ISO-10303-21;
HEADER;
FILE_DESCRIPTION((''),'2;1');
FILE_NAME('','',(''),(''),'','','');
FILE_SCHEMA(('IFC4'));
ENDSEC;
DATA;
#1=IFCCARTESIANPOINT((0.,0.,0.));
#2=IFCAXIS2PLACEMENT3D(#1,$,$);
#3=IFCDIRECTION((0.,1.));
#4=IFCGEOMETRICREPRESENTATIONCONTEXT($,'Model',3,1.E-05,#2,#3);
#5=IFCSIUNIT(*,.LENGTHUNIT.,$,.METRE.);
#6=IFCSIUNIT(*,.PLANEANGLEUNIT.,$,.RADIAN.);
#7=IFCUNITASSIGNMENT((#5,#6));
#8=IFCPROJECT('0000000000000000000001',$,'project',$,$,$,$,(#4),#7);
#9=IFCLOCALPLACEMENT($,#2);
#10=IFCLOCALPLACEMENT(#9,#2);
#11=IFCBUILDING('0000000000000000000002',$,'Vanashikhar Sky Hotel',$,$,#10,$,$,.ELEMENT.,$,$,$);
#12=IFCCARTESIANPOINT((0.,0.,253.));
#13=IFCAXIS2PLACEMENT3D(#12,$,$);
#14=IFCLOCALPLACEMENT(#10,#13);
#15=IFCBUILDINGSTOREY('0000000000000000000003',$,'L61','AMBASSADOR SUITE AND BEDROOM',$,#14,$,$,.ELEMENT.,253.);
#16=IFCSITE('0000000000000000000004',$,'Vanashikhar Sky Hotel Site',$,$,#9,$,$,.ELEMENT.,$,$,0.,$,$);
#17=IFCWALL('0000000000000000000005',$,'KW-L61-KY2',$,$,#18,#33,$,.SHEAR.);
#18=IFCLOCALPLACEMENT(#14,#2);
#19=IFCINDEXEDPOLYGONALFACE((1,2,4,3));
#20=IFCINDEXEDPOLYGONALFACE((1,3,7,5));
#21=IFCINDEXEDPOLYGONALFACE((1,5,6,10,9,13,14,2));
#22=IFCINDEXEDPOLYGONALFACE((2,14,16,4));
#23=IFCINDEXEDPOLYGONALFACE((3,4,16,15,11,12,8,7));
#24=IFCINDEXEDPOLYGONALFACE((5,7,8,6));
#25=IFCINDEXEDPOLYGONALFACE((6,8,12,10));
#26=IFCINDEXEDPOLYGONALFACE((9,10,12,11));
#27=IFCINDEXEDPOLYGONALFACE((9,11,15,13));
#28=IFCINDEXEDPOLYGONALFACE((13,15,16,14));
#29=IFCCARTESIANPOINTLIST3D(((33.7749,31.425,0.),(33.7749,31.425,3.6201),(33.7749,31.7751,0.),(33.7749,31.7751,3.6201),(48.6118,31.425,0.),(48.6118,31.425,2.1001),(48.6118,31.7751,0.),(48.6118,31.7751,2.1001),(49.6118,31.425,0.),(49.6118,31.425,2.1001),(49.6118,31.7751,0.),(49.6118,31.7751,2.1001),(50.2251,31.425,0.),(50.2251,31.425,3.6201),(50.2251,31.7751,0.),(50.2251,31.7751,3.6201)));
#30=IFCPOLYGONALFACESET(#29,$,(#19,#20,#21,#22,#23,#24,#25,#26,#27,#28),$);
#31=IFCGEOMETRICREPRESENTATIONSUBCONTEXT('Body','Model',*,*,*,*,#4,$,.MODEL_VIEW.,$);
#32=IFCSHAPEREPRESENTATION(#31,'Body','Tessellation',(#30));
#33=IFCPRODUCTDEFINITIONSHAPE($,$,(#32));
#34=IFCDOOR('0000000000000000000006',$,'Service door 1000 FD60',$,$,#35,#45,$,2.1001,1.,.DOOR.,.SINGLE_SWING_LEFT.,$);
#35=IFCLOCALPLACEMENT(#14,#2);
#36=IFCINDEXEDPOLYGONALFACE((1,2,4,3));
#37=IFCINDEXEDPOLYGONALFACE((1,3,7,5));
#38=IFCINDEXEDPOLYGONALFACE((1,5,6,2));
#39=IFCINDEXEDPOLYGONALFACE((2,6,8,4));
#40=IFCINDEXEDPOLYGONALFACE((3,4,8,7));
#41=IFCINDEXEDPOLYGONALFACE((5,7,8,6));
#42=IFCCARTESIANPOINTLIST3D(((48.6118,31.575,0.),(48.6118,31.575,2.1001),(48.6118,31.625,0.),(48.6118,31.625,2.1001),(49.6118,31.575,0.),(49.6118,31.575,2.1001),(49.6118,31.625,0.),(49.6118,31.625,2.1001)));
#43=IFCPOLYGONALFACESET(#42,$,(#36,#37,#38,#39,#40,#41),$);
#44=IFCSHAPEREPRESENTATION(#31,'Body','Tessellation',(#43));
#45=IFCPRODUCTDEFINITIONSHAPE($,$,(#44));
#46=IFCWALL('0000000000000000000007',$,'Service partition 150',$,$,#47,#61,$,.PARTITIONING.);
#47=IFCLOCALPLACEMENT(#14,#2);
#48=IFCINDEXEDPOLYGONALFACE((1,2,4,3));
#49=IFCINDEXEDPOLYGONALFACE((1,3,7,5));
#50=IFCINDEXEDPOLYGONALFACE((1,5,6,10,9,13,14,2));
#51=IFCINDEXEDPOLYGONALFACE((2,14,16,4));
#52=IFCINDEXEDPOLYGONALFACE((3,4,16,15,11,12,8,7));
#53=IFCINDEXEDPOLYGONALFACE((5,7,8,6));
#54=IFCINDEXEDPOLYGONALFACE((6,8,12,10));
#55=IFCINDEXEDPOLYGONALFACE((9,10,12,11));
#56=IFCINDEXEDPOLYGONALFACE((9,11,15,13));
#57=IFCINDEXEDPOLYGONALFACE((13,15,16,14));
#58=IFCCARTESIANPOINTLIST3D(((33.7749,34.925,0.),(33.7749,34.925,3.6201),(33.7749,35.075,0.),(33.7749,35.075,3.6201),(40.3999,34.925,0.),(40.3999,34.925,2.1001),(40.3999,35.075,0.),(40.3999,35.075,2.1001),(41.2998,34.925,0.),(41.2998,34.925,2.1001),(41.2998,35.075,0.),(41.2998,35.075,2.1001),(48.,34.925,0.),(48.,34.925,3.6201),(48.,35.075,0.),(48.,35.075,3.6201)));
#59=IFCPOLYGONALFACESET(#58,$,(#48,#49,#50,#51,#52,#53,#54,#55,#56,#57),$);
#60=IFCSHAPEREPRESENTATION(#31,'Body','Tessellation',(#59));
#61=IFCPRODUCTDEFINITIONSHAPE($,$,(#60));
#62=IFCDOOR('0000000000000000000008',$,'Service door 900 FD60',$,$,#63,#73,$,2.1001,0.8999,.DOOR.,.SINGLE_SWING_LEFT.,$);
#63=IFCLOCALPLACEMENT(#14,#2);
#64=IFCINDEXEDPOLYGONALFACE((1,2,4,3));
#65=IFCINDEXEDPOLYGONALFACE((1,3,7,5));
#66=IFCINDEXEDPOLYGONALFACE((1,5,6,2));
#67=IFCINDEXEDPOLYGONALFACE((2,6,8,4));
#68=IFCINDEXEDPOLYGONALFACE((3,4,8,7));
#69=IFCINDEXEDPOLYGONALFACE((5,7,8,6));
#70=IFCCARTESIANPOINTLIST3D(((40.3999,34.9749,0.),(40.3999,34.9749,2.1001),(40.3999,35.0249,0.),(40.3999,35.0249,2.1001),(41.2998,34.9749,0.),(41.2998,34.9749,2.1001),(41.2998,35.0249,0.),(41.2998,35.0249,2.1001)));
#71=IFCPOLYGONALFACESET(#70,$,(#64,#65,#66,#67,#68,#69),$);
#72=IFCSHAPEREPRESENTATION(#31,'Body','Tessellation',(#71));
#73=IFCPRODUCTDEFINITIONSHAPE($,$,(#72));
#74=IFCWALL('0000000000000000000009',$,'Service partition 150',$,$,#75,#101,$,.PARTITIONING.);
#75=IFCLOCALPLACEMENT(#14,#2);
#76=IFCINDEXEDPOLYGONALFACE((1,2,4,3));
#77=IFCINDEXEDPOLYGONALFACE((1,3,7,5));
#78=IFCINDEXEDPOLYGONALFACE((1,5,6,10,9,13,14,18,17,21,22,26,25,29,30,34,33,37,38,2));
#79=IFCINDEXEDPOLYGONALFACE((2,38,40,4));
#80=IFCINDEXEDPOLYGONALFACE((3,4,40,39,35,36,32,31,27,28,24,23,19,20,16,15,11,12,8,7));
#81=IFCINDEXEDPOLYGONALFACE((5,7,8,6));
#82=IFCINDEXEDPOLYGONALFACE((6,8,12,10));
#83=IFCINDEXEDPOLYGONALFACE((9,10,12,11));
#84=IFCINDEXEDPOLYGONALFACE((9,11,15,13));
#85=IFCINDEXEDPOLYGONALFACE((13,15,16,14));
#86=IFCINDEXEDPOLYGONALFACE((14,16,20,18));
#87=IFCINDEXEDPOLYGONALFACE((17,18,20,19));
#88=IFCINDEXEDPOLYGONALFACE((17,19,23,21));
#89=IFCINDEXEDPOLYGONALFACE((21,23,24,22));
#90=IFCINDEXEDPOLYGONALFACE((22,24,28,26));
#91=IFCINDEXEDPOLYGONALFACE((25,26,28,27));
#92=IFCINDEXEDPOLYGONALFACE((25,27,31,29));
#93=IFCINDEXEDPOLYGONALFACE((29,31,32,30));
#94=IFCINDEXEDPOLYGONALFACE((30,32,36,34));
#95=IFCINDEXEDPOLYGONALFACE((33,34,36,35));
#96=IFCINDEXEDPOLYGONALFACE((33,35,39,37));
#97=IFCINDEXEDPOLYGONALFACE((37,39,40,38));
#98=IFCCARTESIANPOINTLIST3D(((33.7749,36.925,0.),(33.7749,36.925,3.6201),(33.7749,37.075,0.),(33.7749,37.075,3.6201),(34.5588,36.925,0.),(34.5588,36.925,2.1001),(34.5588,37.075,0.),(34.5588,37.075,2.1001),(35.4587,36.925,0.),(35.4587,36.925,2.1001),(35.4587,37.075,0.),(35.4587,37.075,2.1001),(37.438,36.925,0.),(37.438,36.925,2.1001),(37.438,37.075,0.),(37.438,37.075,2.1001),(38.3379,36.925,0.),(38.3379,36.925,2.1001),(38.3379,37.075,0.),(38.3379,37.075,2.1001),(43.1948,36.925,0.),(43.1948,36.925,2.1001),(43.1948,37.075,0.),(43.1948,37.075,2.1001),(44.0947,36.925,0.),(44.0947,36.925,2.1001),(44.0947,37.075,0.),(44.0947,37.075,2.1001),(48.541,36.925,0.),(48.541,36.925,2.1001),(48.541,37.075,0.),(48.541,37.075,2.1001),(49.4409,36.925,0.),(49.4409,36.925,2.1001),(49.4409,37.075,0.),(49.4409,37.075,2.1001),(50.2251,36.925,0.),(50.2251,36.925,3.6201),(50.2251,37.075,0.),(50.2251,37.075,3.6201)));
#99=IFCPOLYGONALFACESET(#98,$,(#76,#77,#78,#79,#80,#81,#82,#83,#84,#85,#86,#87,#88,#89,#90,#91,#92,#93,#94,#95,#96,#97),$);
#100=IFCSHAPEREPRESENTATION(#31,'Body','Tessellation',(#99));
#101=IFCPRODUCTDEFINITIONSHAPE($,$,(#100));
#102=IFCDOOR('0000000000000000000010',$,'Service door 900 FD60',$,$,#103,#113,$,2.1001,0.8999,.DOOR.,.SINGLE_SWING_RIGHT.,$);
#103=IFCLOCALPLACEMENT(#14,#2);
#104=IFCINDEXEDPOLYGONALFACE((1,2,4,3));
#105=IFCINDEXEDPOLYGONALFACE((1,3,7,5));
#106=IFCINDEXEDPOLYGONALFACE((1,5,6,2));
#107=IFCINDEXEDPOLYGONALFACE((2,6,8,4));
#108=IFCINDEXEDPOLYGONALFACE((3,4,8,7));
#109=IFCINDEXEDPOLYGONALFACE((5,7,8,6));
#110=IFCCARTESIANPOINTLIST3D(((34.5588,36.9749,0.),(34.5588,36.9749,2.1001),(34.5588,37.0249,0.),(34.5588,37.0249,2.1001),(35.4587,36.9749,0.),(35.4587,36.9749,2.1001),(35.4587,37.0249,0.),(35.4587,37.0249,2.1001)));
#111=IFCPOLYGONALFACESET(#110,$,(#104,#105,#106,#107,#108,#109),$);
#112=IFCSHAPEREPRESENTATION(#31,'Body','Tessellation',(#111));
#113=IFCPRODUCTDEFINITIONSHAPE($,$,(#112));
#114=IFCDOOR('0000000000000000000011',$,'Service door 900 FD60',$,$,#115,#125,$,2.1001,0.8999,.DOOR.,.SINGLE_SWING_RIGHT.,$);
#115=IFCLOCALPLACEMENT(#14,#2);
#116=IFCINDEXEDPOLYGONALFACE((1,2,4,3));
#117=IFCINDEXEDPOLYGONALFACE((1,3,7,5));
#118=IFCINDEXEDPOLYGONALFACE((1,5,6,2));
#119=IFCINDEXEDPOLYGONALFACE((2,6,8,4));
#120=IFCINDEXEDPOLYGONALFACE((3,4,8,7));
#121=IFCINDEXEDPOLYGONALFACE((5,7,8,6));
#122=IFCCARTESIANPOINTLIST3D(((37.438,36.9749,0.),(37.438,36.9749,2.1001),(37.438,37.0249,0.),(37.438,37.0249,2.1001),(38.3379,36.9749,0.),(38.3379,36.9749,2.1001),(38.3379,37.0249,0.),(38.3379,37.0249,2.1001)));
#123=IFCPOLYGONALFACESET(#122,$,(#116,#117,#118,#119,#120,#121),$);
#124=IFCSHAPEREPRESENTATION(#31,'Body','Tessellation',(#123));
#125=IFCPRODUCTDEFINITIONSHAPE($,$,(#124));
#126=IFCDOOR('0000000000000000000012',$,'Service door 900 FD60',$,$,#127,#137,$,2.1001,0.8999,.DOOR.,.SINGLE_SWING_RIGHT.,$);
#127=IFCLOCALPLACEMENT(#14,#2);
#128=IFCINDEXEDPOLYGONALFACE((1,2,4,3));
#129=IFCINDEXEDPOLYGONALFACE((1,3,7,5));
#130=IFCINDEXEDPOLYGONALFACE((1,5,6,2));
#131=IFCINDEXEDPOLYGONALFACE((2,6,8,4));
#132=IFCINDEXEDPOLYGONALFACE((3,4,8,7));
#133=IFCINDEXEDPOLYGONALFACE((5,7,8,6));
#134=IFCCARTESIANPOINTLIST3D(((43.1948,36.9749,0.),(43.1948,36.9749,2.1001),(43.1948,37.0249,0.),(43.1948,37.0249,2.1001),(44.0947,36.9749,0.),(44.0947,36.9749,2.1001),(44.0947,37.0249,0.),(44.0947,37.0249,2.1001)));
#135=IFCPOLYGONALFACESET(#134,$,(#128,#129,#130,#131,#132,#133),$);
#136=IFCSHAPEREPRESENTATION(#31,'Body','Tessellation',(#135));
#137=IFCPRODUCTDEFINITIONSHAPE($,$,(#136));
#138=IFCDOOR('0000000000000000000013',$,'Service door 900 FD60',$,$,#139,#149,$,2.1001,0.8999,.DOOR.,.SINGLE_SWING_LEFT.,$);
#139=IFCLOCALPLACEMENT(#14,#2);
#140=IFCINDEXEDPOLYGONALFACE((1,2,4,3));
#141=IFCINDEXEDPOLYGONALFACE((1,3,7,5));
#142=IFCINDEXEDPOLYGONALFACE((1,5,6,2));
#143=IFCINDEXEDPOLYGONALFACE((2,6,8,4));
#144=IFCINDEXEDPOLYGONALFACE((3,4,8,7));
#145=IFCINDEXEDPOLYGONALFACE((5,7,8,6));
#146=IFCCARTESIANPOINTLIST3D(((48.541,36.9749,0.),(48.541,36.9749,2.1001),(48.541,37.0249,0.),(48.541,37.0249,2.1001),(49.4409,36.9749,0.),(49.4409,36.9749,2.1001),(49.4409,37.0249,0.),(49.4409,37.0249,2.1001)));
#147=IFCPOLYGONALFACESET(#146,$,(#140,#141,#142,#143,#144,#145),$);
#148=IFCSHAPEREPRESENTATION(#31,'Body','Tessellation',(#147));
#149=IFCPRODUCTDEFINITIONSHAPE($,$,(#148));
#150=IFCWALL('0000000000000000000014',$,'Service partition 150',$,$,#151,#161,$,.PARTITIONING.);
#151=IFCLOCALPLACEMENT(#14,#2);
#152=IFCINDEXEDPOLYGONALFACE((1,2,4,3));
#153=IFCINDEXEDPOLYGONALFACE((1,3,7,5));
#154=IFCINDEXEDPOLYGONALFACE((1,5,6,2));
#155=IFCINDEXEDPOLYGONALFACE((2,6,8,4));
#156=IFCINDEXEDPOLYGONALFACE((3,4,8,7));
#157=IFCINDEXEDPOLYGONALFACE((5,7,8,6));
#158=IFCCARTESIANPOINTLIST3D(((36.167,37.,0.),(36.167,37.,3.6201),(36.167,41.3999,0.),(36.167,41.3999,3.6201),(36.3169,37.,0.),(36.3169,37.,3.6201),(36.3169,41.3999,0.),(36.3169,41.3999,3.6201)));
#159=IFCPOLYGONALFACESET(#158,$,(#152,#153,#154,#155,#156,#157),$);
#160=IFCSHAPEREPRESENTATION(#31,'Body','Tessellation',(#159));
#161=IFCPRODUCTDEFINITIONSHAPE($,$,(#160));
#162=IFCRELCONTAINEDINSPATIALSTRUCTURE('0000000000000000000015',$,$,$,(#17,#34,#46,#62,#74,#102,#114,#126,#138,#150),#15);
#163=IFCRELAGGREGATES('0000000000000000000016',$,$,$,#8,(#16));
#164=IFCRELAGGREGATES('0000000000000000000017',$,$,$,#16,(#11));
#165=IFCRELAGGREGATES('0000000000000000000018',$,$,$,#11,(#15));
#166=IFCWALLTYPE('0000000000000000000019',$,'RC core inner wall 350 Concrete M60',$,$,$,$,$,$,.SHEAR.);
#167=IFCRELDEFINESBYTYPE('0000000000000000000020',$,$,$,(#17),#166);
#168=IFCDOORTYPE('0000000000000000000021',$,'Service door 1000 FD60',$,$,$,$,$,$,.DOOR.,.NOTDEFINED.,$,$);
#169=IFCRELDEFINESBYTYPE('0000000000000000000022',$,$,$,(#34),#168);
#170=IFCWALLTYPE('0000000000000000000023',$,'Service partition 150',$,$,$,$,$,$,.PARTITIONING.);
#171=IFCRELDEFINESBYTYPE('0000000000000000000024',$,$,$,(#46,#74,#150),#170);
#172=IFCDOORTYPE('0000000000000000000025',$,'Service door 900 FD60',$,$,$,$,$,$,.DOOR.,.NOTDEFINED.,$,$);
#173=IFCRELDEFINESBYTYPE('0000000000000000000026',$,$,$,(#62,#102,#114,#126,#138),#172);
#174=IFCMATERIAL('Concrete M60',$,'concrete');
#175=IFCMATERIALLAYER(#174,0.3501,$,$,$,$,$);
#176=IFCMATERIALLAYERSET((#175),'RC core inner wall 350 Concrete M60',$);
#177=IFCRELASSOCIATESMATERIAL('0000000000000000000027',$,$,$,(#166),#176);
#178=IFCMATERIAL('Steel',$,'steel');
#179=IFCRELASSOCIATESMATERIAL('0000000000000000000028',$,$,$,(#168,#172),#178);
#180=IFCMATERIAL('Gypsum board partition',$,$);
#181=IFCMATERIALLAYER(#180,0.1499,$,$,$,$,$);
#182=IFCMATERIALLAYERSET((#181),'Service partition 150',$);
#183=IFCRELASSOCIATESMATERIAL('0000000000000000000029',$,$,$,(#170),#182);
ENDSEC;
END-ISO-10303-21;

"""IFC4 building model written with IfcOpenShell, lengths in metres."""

from ifc_helpers import new_model, si_unit, direction, frame, frame_2d, origin, place, context, subcontext, project, spatial, rectangle, extrude, source, transform, mapped, material, layer, layer_set, type_object, element, fill, save


model = new_model("IFC4")

# Units and contexts
model_context = context("Model", 3, precision=1e-05, world=origin(), true_north=direction((0.0, 1.0)))
body_context = subcontext(model_context, "Body", "Model", "MODEL_VIEW")
ifc_project = project(units=[si_unit("LENGTHUNIT", "METRE"), si_unit("PLANEANGLEUNIT", "RADIAN")], contexts=[model_context])

# Site, building, storey
site_placement = place(None, origin())
site = spatial("IfcSite", under=ifc_project, at=site_placement, Name="Vanashikhar Sky Hotel Site", CompositionType="ELEMENT", RefElevation=0.0)
building_placement = place(site_placement, origin())
building = spatial("IfcBuilding", under=site, at=building_placement, Name="Vanashikhar Sky Hotel", CompositionType="ELEMENT")
storey_placement = place(building_placement, frame((0.0, 0.0, 253.0)))
storey = spatial("IfcBuildingStorey", under=building, at=storey_placement, Name="L61", Description="AMBASSADOR SUITE AND BEDROOM", CompositionType="ELEMENT", Elevation=253.0)

# Walls, openings, doors
ifc_material_1 = material(Name="Concrete M60", Category="concrete")
ifc_layer_1 = layer(ifc_material_1, 0.3501)
ifc_layer_set_1 = layer_set([ifc_layer_1], Name="RC core inner wall 350 Concrete M60")
wall_type_1 = type_object("IfcWallType", Name="RC core inner wall 350 Concrete M60", PredefinedType="SHEAR", material=ifc_layer_set_1)
shared_shape_1 = source(origin(), body_context, "Body", "SweptSolid", [
    extrude(rectangle(XDim=16.4502, YDim=0.3501, at=frame_2d((8.2251, 0.0))), origin(), (0.0, 0.0, 1.0), 3.6201),
])
wall_1_placement = place(storey_placement, frame((33.7749, 31.6001, 0.0), z_axis=(0.0, 0.0, 1.0), x_axis=(1.0, 0.0, 0.0)))
wall_1 = element("IfcWall", 1, at=wall_1_placement, inside=storey, type_object=wall_type_1, Name="KW-L61-KY2", PredefinedType="SHEAR", context=body_context, shape_type="MappedRepresentation", body=[
    mapped(shared_shape_1, transform((0.0, 0.0, 0.0), scale=1.0)),
])
shared_shape_2 = source(origin(), body_context, "Body", "SweptSolid", [
    extrude(rectangle(XDim=1.0, YDim=2.1001, at=frame_2d((0.5, 1.05))), frame((0.0, 0.1851, 0.0), z_axis=(0.0, -1.0, 0.0), x_axis=(1.0, 0.0, 0.0)), (0.0, 0.0, 1.0), 0.3701),
])
opening_1_placement = place(wall_1_placement, frame((14.8369, 0.0, 0.0)))
opening_1 = element("IfcOpeningElement", 2, at=opening_1_placement, cuts=wall_1, PredefinedType="OPENING", context=body_context, shape_type="MappedRepresentation", body=[
    mapped(shared_shape_2, transform((0.0, 0.0, 0.0), scale=1.0)),
])
ifc_material_2 = material(Name="Steel", Category="steel")
door_type_1 = type_object("IfcDoorType", Name="Service door 1000 FD60", OperationType="NOTDEFINED", PredefinedType="DOOR", material=ifc_material_2)
shared_shape_3 = source(origin(), body_context, "Body", "SweptSolid", [
    extrude(rectangle(XDim=1.0, YDim=2.1001, at=frame_2d((0.5, 1.05))), frame((0.0, 0.0249, 0.0), z_axis=(0.0, -1.0, 0.0), x_axis=(1.0, 0.0, 0.0)), (0.0, 0.0, 1.0), 0.05),
])
door_1_placement = place(opening_1_placement, origin())
door_1 = element("IfcDoor", 3, at=door_1_placement, inside=storey, type_object=door_type_1, Name="Service door 1000 FD60", OperationType="SINGLE_SWING_LEFT", OverallHeight=2.1001, OverallWidth=1.0, PredefinedType="DOOR", context=body_context, shape_type="MappedRepresentation", body=[
    mapped(shared_shape_3, transform((0.0, 0.0, 0.0), scale=1.0)),
])
fill(opening_1, door_1)
ifc_material_3 = material(Name="Gypsum board partition")
ifc_layer_2 = layer(ifc_material_3, 0.1499)
ifc_layer_set_2 = layer_set([ifc_layer_2], Name="Service partition 150")
wall_type_2 = type_object("IfcWallType", Name="Service partition 150", PredefinedType="PARTITIONING", material=ifc_layer_set_2)
shared_shape_4 = source(origin(), body_context, "Body", "SweptSolid", [
    extrude(rectangle(XDim=14.2251, YDim=0.1499, at=frame_2d((7.1125, 0.0))), origin(), (0.0, 0.0, 1.0), 3.6201),
])
wall_2_placement = place(storey_placement, frame((33.7749, 35.0, 0.0), z_axis=(0.0, 0.0, 1.0), x_axis=(1.0, 0.0, 0.0)))
wall_2 = element("IfcWall", 4, at=wall_2_placement, inside=storey, type_object=wall_type_2, Name="Service partition 150", PredefinedType="PARTITIONING", context=body_context, shape_type="MappedRepresentation", body=[
    mapped(shared_shape_4, transform((0.0, 0.0, 0.0), scale=1.0)),
])
shared_shape_5 = source(origin(), body_context, "Body", "SweptSolid", [
    extrude(rectangle(XDim=0.8999, YDim=2.1001, at=frame_2d((0.45, 1.05))), frame((0.0, 0.085, 0.0), z_axis=(0.0, -1.0, 0.0), x_axis=(1.0, 0.0, 0.0)), (0.0, 0.0, 1.0), 0.1699),
])
opening_2_placement = place(wall_2_placement, frame((6.625, 0.0, 0.0)))
opening_2 = element("IfcOpeningElement", 5, at=opening_2_placement, cuts=wall_2, PredefinedType="OPENING", context=body_context, shape_type="MappedRepresentation", body=[
    mapped(shared_shape_5, transform((0.0, 0.0, 0.0), scale=1.0)),
])
door_type_2 = type_object("IfcDoorType", Name="Service door 900 FD60", OperationType="NOTDEFINED", PredefinedType="DOOR", material=ifc_material_2)
shared_shape_6 = source(origin(), body_context, "Body", "SweptSolid", [
    extrude(rectangle(XDim=0.8999, YDim=2.1001, at=frame_2d((0.45, 1.05))), frame((0.0, 0.0249, 0.0), z_axis=(0.0, -1.0, 0.0), x_axis=(1.0, 0.0, 0.0)), (0.0, 0.0, 1.0), 0.05),
])
door_2_placement = place(opening_2_placement, origin())
door_2 = element("IfcDoor", 6, at=door_2_placement, inside=storey, type_object=door_type_2, Name="Service door 900 FD60", OperationType="SINGLE_SWING_LEFT", OverallHeight=2.1001, OverallWidth=0.8999, PredefinedType="DOOR", context=body_context, shape_type="MappedRepresentation", body=[
    mapped(shared_shape_6, transform((0.0, 0.0, 0.0), scale=1.0)),
])
fill(opening_2, door_2)

# Wall, openings, doors
shared_shape_7 = source(origin(), body_context, "Body", "SweptSolid", [
    extrude(rectangle(XDim=16.4502, YDim=0.1499, at=frame_2d((8.2251, 0.0))), origin(), (0.0, 0.0, 1.0), 3.6201),
])
wall_3_placement = place(storey_placement, frame((33.7749, 37.0, 0.0), z_axis=(0.0, 0.0, 1.0), x_axis=(1.0, 0.0, 0.0)))
wall_3 = element("IfcWall", 7, at=wall_3_placement, inside=storey, type_object=wall_type_2, Name="Service partition 150", PredefinedType="PARTITIONING", context=body_context, shape_type="MappedRepresentation", body=[
    mapped(shared_shape_7, transform((0.0, 0.0, 0.0), scale=1.0)),
])
opening_3_placement = place(wall_3_placement, frame((0.7839, 0.0, 0.0)))
opening_3 = element("IfcOpeningElement", 8, at=opening_3_placement, cuts=wall_3, PredefinedType="OPENING", context=body_context, shape_type="MappedRepresentation", body=[
    mapped(shared_shape_5, transform((0.0, 0.0, 0.0), scale=1.0)),
])
opening_4_placement = place(wall_3_placement, frame((3.6631, 0.0, 0.0)))
opening_4 = element("IfcOpeningElement", 9, at=opening_4_placement, cuts=wall_3, PredefinedType="OPENING", context=body_context, shape_type="MappedRepresentation", body=[
    mapped(shared_shape_5, transform((0.0, 0.0, 0.0), scale=1.0)),
])
opening_5_placement = place(wall_3_placement, frame((9.4199, 0.0, 0.0)))
opening_5 = element("IfcOpeningElement", 10, at=opening_5_placement, cuts=wall_3, PredefinedType="OPENING", context=body_context, shape_type="MappedRepresentation", body=[
    mapped(shared_shape_5, transform((0.0, 0.0, 0.0), scale=1.0)),
])
opening_6_placement = place(wall_3_placement, frame((14.7661, 0.0, 0.0)))
opening_6 = element("IfcOpeningElement", 11, at=opening_6_placement, cuts=wall_3, PredefinedType="OPENING", context=body_context, shape_type="MappedRepresentation", body=[
    mapped(shared_shape_5, transform((0.0, 0.0, 0.0), scale=1.0)),
])
door_3_placement = place(opening_3_placement, origin())
door_3 = element("IfcDoor", 12, at=door_3_placement, inside=storey, type_object=door_type_2, Name="Service door 900 FD60", OperationType="SINGLE_SWING_RIGHT", OverallHeight=2.1001, OverallWidth=0.8999, PredefinedType="DOOR", context=body_context, shape_type="MappedRepresentation", body=[
    mapped(shared_shape_6, transform((0.0, 0.0, 0.0), scale=1.0)),
])
fill(opening_3, door_3)
door_4_placement = place(opening_4_placement, origin())
door_4 = element("IfcDoor", 13, at=door_4_placement, inside=storey, type_object=door_type_2, Name="Service door 900 FD60", OperationType="SINGLE_SWING_RIGHT", OverallHeight=2.1001, OverallWidth=0.8999, PredefinedType="DOOR", context=body_context, shape_type="MappedRepresentation", body=[
    mapped(shared_shape_6, transform((0.0, 0.0, 0.0), scale=1.0)),
])
fill(opening_4, door_4)
door_5_placement = place(opening_5_placement, origin())
door_5 = element("IfcDoor", 14, at=door_5_placement, inside=storey, type_object=door_type_2, Name="Service door 900 FD60", OperationType="SINGLE_SWING_RIGHT", OverallHeight=2.1001, OverallWidth=0.8999, PredefinedType="DOOR", context=body_context, shape_type="MappedRepresentation", body=[
    mapped(shared_shape_6, transform((0.0, 0.0, 0.0), scale=1.0)),
])
fill(opening_5, door_5)
door_6_placement = place(opening_6_placement, origin())
door_6 = element("IfcDoor", 15, at=door_6_placement, inside=storey, type_object=door_type_2, Name="Service door 900 FD60", OperationType="SINGLE_SWING_LEFT", OverallHeight=2.1001, OverallWidth=0.8999, PredefinedType="DOOR", context=body_context, shape_type="MappedRepresentation", body=[
    mapped(shared_shape_6, transform((0.0, 0.0, 0.0), scale=1.0)),
])
fill(opening_6, door_6)

# Wall
shared_shape_8 = source(origin(), body_context, "Body", "SweptSolid", [
    extrude(rectangle(XDim=4.3999, YDim=0.1499, at=frame_2d((2.2, 0.0))), origin(), (0.0, 0.0, 1.0), 3.6201),
])
for number, where, z_axis, x_axis, name in (
    (16, (36.2419, 37.0, 0.0), (0.0, 0.0, 1.0), (0.0, 1.0, 0.0), "Service partition 150"),
):
    element("IfcWall", number, at=place(storey_placement, frame(where, z_axis=z_axis, x_axis=x_axis)), inside=storey, type_object=wall_type_2, Name=name, PredefinedType="PARTITIONING", context=body_context, shape_type="MappedRepresentation", body=[
        mapped(shared_shape_8, transform((0.0, 0.0, 0.0), scale=1.0)),
    ])

save(model, "model.ifc")
